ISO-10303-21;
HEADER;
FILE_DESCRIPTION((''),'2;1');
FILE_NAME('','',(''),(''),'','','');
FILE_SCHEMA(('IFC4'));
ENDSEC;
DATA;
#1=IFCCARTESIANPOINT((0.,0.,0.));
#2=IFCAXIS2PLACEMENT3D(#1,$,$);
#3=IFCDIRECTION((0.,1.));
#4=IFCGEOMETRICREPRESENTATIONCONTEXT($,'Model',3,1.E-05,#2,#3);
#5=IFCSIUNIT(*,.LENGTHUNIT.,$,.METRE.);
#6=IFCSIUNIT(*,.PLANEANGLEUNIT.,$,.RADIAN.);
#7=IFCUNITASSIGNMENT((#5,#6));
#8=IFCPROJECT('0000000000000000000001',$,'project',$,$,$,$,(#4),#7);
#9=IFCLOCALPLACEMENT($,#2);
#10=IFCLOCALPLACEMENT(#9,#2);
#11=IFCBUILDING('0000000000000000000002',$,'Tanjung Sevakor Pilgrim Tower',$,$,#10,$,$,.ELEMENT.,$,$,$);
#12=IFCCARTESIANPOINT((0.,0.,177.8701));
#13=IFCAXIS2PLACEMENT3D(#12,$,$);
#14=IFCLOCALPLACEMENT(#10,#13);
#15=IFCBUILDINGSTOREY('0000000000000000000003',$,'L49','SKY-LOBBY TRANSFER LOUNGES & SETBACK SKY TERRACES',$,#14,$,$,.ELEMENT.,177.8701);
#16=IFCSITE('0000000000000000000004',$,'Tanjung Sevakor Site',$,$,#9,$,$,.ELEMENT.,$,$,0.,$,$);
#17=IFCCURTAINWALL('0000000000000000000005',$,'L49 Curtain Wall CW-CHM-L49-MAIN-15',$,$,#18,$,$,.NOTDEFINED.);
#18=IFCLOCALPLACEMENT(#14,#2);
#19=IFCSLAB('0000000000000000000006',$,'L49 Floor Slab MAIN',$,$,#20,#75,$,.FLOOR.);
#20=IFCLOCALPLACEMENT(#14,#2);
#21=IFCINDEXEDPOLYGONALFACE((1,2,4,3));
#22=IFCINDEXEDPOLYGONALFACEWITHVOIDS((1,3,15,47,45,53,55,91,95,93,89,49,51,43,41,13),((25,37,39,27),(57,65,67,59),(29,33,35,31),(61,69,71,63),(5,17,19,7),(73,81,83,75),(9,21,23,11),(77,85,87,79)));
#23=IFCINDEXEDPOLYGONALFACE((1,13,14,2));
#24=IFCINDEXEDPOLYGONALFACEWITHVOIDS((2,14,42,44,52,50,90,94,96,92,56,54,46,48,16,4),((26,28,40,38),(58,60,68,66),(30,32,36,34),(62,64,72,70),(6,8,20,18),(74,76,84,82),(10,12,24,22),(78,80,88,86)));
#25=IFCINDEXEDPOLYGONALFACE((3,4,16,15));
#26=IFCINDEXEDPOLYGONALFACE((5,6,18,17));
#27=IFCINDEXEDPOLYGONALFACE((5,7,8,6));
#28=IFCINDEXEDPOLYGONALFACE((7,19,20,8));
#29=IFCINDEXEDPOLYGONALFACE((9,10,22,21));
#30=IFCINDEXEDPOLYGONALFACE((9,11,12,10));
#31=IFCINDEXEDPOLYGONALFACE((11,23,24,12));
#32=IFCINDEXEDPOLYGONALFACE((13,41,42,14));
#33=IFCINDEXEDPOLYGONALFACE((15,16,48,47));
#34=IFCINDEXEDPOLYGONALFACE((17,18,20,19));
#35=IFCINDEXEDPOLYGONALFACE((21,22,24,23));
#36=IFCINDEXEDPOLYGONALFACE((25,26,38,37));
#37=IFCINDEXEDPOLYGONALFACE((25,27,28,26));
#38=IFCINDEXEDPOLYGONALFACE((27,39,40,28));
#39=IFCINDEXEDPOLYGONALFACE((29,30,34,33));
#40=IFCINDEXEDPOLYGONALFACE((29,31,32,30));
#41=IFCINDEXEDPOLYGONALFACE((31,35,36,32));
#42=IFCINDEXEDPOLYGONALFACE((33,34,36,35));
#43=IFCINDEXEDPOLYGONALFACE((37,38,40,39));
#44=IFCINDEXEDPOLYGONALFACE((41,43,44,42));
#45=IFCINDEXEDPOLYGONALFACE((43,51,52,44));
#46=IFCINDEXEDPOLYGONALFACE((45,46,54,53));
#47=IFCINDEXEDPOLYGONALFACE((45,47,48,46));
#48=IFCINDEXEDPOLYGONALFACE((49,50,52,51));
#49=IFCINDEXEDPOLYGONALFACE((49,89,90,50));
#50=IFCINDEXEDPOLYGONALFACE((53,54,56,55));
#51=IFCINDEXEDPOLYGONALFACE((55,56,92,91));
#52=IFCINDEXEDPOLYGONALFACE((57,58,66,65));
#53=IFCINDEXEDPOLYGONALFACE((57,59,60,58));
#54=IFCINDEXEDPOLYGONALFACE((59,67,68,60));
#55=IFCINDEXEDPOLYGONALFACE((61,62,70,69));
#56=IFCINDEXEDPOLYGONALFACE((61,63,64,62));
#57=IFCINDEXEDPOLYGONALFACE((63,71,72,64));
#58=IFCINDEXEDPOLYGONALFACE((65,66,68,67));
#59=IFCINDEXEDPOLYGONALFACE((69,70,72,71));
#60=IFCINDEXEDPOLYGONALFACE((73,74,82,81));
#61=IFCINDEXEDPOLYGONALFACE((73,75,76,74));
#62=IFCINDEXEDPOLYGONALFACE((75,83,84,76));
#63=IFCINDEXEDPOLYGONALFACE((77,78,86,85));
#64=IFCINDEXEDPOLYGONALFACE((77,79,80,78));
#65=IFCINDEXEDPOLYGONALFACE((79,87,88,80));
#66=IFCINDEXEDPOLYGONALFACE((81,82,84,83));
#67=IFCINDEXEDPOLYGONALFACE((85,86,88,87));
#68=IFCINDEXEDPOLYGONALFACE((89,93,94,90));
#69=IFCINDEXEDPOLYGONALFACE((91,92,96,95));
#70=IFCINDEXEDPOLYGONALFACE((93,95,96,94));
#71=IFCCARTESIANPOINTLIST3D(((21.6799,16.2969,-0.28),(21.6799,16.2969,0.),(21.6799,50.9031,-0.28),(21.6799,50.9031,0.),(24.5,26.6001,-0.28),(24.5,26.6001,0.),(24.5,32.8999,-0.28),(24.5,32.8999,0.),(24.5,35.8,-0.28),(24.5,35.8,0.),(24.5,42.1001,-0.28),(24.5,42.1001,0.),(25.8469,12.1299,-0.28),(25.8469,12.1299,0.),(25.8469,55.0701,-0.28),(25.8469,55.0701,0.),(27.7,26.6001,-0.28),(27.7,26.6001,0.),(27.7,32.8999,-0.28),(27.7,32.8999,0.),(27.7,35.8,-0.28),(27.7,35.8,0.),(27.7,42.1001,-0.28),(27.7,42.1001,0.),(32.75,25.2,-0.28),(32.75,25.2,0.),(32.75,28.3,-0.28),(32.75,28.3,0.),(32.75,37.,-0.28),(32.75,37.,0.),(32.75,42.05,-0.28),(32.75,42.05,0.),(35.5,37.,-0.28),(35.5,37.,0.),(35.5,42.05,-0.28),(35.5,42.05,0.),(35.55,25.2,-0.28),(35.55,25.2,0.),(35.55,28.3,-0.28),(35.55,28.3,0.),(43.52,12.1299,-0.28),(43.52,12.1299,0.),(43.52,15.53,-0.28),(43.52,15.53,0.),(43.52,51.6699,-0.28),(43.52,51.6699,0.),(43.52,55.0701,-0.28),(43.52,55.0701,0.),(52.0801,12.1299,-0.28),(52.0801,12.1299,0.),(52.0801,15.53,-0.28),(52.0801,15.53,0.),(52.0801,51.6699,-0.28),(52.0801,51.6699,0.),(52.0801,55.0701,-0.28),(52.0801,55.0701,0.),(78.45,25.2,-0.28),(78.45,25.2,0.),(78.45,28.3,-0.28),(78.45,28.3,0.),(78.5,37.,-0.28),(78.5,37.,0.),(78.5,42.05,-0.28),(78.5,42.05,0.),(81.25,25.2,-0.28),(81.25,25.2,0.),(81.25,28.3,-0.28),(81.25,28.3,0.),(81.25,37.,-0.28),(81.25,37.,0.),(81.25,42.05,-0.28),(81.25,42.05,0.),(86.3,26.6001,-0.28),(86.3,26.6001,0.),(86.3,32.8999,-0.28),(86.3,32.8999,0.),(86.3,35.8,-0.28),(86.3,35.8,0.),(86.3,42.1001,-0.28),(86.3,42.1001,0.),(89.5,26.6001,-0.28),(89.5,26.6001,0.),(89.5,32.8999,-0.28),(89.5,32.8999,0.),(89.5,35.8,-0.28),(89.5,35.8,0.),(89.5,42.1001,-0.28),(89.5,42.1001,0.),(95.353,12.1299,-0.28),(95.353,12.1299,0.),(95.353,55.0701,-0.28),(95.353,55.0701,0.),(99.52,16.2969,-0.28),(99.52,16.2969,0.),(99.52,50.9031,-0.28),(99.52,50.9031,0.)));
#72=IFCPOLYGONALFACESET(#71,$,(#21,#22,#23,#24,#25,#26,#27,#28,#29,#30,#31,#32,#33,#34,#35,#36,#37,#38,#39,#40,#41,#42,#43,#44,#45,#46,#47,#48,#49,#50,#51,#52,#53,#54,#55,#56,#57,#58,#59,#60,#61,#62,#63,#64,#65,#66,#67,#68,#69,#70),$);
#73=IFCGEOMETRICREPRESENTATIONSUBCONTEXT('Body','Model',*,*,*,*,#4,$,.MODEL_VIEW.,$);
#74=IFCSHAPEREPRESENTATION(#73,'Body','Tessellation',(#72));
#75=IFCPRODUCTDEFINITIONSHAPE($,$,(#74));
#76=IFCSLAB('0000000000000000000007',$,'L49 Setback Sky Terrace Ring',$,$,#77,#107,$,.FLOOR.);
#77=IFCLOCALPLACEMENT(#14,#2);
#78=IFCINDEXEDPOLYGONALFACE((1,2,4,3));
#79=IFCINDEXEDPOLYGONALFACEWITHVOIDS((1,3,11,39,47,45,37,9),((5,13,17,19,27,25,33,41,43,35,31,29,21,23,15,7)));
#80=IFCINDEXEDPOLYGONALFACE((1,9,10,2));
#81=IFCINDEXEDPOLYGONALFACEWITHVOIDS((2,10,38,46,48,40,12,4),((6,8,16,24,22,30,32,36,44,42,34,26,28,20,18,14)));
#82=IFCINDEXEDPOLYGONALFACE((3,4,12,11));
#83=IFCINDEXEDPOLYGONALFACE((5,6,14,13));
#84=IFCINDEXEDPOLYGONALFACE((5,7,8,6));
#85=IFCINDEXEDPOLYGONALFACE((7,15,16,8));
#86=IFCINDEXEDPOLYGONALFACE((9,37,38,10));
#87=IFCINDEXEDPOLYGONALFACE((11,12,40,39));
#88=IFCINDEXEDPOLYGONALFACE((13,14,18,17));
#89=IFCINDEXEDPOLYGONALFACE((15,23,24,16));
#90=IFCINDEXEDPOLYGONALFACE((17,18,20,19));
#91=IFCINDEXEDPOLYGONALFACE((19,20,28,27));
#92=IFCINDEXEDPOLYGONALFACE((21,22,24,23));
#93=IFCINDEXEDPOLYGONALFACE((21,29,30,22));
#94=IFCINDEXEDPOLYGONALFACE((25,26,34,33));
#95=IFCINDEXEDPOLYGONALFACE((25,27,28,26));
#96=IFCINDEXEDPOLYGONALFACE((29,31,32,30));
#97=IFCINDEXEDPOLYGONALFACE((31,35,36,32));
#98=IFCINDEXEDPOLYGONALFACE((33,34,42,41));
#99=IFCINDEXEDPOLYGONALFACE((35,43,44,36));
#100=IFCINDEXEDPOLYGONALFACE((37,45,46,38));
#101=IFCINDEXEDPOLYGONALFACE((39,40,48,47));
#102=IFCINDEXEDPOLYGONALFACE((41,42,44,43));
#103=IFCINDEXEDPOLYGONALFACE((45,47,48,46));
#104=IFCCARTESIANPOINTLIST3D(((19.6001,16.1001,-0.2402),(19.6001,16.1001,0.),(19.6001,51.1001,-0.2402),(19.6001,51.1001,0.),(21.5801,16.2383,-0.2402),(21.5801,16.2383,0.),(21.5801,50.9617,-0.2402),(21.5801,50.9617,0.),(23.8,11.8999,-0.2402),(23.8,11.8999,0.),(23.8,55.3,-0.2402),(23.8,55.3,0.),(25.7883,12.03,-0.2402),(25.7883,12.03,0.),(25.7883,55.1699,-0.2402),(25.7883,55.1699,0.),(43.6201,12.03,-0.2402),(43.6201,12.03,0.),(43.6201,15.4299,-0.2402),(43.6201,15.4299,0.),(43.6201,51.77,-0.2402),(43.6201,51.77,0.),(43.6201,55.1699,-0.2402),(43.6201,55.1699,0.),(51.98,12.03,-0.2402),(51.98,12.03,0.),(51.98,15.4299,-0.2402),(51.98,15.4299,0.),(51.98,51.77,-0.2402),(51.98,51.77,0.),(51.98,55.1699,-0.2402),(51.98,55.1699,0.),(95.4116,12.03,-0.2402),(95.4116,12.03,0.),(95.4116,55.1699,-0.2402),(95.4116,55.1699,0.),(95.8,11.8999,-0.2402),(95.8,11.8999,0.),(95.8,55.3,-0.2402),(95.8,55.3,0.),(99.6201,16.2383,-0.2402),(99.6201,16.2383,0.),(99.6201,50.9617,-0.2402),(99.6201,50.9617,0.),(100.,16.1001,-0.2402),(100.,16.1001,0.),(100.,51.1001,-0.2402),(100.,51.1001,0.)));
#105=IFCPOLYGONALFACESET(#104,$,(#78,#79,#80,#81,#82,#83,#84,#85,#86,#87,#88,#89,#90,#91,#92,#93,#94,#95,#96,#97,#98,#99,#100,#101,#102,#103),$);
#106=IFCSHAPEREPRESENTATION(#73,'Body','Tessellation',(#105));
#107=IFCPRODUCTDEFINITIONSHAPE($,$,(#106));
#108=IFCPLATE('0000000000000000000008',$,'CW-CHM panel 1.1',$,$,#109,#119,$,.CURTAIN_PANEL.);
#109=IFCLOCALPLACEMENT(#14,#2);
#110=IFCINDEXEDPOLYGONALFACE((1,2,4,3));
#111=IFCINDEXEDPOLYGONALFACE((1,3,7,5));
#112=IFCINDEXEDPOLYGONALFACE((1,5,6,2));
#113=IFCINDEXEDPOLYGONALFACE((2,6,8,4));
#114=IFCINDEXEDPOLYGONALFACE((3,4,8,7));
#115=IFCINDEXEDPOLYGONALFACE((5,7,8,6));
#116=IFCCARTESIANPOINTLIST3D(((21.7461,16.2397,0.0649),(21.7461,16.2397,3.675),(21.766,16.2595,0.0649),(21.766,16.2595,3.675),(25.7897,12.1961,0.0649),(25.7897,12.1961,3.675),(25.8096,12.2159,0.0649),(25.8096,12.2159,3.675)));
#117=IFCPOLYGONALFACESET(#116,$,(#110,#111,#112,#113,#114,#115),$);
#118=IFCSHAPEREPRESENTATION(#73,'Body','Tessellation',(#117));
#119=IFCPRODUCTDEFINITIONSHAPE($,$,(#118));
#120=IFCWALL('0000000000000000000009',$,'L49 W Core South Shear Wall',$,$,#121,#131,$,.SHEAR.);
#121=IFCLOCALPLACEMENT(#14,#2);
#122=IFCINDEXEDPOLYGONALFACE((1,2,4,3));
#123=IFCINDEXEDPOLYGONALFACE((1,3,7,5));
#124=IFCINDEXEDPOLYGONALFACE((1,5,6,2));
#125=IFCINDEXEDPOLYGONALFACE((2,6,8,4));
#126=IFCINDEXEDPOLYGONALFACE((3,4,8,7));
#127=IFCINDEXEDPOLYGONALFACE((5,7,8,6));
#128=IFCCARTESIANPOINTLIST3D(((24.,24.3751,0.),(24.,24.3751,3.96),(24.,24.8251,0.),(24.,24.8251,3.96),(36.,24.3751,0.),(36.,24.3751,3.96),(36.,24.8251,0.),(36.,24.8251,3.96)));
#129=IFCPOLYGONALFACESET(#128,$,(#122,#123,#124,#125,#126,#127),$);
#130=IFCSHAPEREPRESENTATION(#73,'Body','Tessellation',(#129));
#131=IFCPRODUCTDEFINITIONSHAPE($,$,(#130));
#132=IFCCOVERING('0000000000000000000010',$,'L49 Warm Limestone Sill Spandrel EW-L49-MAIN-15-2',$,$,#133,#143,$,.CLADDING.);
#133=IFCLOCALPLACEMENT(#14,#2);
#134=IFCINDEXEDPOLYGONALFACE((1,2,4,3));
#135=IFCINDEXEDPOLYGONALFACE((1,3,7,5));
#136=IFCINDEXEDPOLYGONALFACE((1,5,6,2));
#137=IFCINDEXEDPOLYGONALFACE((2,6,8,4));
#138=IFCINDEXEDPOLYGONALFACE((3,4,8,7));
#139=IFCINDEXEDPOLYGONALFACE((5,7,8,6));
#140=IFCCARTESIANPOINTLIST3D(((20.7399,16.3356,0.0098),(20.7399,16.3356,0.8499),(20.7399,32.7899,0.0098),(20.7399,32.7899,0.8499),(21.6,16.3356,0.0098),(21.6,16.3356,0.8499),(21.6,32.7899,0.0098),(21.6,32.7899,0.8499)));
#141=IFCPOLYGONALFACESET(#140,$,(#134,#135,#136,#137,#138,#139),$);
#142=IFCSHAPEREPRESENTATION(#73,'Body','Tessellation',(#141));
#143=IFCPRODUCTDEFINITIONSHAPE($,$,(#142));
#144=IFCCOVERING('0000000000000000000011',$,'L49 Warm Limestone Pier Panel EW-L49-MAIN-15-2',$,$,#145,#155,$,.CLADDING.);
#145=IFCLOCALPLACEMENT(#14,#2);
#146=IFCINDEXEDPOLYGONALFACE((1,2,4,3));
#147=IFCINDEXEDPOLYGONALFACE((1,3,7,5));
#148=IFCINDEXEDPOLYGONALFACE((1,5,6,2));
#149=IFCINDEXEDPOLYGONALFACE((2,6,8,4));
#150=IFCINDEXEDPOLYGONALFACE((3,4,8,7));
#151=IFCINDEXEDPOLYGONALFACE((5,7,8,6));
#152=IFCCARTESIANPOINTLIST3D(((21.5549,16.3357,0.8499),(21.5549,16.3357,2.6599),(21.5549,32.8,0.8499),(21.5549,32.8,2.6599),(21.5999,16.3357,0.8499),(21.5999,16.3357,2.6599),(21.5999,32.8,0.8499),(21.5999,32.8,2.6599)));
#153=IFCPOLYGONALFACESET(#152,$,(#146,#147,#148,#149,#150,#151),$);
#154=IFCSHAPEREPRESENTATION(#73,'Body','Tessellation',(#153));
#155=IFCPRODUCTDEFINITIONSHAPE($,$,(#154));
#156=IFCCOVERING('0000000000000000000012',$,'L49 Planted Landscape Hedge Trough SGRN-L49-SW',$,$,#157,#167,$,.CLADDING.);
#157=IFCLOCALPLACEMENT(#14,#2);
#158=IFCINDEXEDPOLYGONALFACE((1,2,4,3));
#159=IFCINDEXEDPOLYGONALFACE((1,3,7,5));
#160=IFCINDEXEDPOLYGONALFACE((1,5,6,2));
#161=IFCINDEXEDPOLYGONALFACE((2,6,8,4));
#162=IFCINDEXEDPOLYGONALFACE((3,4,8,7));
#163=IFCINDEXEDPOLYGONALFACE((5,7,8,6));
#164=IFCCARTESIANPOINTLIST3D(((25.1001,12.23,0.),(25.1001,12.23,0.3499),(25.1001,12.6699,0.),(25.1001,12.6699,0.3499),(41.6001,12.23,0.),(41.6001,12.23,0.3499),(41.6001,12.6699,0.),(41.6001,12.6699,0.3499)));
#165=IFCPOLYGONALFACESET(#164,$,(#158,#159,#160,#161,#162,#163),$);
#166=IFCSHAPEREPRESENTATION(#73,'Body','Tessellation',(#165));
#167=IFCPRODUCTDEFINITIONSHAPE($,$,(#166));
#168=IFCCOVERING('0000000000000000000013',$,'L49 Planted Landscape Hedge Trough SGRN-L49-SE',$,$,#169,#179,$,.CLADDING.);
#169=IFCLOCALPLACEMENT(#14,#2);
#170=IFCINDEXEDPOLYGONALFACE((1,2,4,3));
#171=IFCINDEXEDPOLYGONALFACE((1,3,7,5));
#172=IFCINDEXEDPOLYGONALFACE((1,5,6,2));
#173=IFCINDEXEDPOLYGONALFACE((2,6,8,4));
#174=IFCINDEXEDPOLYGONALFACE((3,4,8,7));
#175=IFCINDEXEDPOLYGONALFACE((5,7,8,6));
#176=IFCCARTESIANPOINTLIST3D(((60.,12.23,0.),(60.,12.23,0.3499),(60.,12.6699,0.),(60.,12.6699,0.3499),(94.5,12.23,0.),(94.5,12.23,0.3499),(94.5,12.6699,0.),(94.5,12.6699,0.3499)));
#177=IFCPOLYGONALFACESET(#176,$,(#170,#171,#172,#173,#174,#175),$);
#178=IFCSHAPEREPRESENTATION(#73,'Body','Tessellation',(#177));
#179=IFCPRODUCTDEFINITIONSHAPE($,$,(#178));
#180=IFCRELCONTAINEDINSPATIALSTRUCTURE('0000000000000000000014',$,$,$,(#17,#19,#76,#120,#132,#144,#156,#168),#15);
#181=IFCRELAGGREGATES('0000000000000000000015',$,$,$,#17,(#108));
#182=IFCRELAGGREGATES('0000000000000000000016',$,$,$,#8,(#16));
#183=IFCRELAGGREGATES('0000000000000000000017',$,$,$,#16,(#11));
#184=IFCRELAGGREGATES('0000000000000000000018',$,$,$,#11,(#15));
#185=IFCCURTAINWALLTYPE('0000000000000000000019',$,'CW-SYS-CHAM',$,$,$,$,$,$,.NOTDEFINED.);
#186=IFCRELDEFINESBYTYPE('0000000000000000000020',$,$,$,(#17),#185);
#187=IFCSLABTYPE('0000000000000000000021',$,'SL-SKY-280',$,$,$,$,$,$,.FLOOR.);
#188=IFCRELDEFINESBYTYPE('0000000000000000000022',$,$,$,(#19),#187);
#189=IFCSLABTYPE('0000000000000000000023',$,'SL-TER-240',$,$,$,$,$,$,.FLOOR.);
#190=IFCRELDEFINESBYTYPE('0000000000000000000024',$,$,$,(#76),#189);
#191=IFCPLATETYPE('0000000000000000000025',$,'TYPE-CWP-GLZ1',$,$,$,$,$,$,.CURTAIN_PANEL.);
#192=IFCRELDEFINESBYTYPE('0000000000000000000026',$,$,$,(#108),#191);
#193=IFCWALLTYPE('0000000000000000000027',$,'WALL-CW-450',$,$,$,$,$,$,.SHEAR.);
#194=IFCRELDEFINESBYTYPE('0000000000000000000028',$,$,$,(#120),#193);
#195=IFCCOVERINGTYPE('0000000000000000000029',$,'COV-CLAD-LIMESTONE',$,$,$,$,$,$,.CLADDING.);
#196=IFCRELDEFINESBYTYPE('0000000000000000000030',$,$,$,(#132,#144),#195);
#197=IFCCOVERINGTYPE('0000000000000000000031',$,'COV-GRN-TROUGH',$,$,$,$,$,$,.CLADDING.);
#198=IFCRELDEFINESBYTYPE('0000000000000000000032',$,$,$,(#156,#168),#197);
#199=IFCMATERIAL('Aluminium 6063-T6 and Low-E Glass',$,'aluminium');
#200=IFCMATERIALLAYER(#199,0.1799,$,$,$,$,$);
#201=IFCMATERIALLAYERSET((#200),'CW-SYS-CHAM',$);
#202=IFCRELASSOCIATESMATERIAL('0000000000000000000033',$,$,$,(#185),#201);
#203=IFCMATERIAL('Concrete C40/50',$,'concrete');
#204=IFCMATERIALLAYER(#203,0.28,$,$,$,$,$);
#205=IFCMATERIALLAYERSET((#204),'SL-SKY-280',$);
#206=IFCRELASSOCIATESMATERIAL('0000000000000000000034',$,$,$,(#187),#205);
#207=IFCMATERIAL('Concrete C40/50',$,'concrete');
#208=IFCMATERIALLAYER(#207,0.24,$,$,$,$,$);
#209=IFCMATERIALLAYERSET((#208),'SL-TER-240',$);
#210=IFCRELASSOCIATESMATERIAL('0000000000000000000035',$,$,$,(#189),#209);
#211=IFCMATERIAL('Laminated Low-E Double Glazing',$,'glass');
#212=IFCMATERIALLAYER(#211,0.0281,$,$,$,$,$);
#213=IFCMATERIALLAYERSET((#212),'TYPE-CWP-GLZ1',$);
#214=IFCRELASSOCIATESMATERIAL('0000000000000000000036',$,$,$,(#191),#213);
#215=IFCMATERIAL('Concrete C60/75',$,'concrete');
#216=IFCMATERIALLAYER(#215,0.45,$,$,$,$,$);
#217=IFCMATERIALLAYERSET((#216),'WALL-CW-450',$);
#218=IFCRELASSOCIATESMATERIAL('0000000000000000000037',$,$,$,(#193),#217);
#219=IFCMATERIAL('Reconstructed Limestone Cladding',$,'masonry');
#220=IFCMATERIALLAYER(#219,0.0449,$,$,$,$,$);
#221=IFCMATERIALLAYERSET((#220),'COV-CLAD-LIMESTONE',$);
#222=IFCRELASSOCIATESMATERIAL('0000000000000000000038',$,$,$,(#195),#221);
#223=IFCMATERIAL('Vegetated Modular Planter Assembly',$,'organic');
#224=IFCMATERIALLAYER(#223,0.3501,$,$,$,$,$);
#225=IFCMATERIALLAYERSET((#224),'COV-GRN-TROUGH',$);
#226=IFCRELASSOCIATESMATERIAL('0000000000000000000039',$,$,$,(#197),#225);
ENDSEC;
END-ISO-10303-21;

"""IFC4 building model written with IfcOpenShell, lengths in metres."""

from ifc_helpers import new_model, si_unit, direction, frame, frame_2d, origin, origin_2d, place, context, subcontext, project, spatial, polyline, rectangle, outline, extrude, material, layer, layer_set, type_object, element, aggregate, save


model = new_model("IFC4")

# Units and contexts
model_context = context("Model", 3, precision=1e-05, world=origin(), true_north=direction((0.0, 1.0)))
body_context = subcontext(model_context, "Body", "Model", "MODEL_VIEW")
ifc_project = project(units=[si_unit("LENGTHUNIT", "METRE"), si_unit("PLANEANGLEUNIT", "RADIAN")], contexts=[model_context])

# Site, building, storey
site_placement = place(None, origin())
site = spatial("IfcSite", under=ifc_project, at=site_placement, Name="Tanjung Sevakor Site", CompositionType="ELEMENT", RefElevation=0.0)
building_placement = place(site_placement, origin())
building = spatial("IfcBuilding", under=site, at=building_placement, Name="Tanjung Sevakor Pilgrim Tower", CompositionType="ELEMENT")
storey_placement = place(building_placement, frame((0.0, 0.0, 177.8701)))
storey = spatial("IfcBuildingStorey", under=building, at=storey_placement, Name="L49", Description="SKY-LOBBY TRANSFER LOUNGES & SETBACK SKY TERRACES", CompositionType="ELEMENT", Elevation=177.8701)

# Curtain wall
ifc_material_1 = material(Name="Aluminium 6063-T6 and Low-E Glass", Category="aluminium")
ifc_layer_1 = layer(ifc_material_1, 0.1799)
ifc_layer_set_1 = layer_set([ifc_layer_1], Name="CW-SYS-CHAM")
curtain_wall_type = type_object("IfcCurtainWallType", Name="CW-SYS-CHAM", PredefinedType="NOTDEFINED", material=ifc_layer_set_1)
curtain_wall_placement = place(storey_placement, origin())
curtain_wall = element("IfcCurtainWall", 1, at=curtain_wall_placement, inside=storey, type_object=curtain_wall_type, Name="L49 Curtain Wall CW-CHM-L49-MAIN-15", PredefinedType="NOTDEFINED")

# Slabs
ifc_material_2 = material(Name="Concrete C40/50", Category="concrete")
ifc_layer_2 = layer(ifc_material_2, 0.28)
ifc_layer_set_2 = layer_set([ifc_layer_2], Name="SL-SKY-280")
slab_type_1 = type_object("IfcSlabType", Name="SL-SKY-280", PredefinedType="FLOOR", material=ifc_layer_set_2)
slab_1_placement = place(storey_placement, frame((0.0, 0.0, -0.28)))
element("IfcSlab", 2, at=slab_1_placement, inside=storey, type_object=slab_type_1, Name="L49 Floor Slab MAIN", PredefinedType="FLOOR", context=body_context, shape_type="SweptSolid", body=[
    extrude(outline(polyline([(25.8469, 12.1299), (43.52, 12.1299), (43.52, 15.53), (52.0801, 15.53), (52.0801, 12.1299), (95.353, 12.1299), (99.52, 16.2969), (99.52, 50.9031), (95.353, 55.0701), (52.0801, 55.0701), (52.0801, 51.6699), (43.52, 51.6699), (43.52, 55.0701), (25.8469, 55.0701), (21.6799, 50.9031), (21.6799, 16.2969), (25.8469, 12.1299)]), holes=[polyline([(27.7, 26.6001), (27.7, 32.8999), (24.5, 32.8999), (24.5, 26.6001), (27.7, 26.6001)]), polyline([(27.7, 35.8), (27.7, 42.1001), (24.5, 42.1001), (24.5, 35.8), (27.7, 35.8)]), polyline([(89.5, 26.6001), (89.5, 32.8999), (86.3, 32.8999), (86.3, 26.6001), (89.5, 26.6001)]), polyline([(89.5, 35.8), (89.5, 42.1001), (86.3, 42.1001), (86.3, 35.8), (89.5, 35.8)]), polyline([(32.75, 25.2), (35.55, 25.2), (35.55, 28.3), (32.75, 28.3), (32.75, 25.2)]), polyline([(32.75, 37.0), (35.5, 37.0), (35.5, 42.05), (32.75, 42.05), (32.75, 37.0)]), polyline([(78.45, 25.2), (81.25, 25.2), (81.25, 28.3), (78.45, 28.3), (78.45, 25.2)]), polyline([(78.5, 37.0), (81.25, 37.0), (81.25, 42.05), (78.5, 42.05), (78.5, 37.0)])]), origin(), (0.0, 0.0, 1.0), 0.28),
])
ifc_material_3 = material(Name="Concrete C40/50", Category="concrete")
ifc_layer_3 = layer(ifc_material_3, 0.24)
ifc_layer_set_3 = layer_set([ifc_layer_3], Name="SL-TER-240")
slab_type_2 = type_object("IfcSlabType", Name="SL-TER-240", PredefinedType="FLOOR", material=ifc_layer_set_3)
slab_2_placement = place(storey_placement, frame((0.0, 0.0, -0.2402)))
element("IfcSlab", 3, at=slab_2_placement, inside=storey, type_object=slab_type_2, Name="L49 Setback Sky Terrace Ring", PredefinedType="FLOOR", context=body_context, shape_type="SweptSolid", body=[
    extrude(outline(polyline([(23.8, 11.8999), (95.8, 11.8999), (100.0, 16.1001), (100.0, 51.1001), (95.8, 55.3), (23.8, 55.3), (19.6001, 51.1001), (19.6001, 16.1001), (23.8, 11.8999)]), holes=[polyline([(25.7883, 12.03), (43.6201, 12.03), (43.6201, 15.4299), (51.98, 15.4299), (51.98, 12.03), (95.4116, 12.03), (99.6201, 16.2383), (99.6201, 50.9617), (95.4116, 55.1699), (51.98, 55.1699), (51.98, 51.77), (43.6201, 51.77), (43.6201, 55.1699), (25.7883, 55.1699), (21.5801, 50.9617), (21.5801, 16.2383), (25.7883, 12.03)])]), origin(), (0.0, 0.0, 1.0), 0.2402),
])

# Plate
ifc_material_4 = material(Name="Laminated Low-E Double Glazing", Category="glass")
ifc_layer_4 = layer(ifc_material_4, 0.0281)
ifc_layer_set_4 = layer_set([ifc_layer_4], Name="TYPE-CWP-GLZ1")
plate_type = type_object("IfcPlateType", Name="TYPE-CWP-GLZ1", PredefinedType="CURTAIN_PANEL", material=ifc_layer_set_4)
plate_placement = place(storey_placement, frame((23.7778, 14.2278, 0.0649), z_axis=(0.0, 0.0, 1.0), x_axis=(0.707107, -0.707107, 0.0)))
plate = element("IfcPlate", 4, at=plate_placement, type_object=plate_type, Name="CW-CHM panel 1.1", PredefinedType="CURTAIN_PANEL", context=body_context, shape_type="SweptSolid", body=[
    extrude(rectangle(XDim=5.7185, YDim=0.0281, at=origin_2d()), origin(), (0.0, 0.0, 1.0), 3.6101),
])
aggregate(curtain_wall, [plate])

# Wall
ifc_material_5 = material(Name="Concrete C60/75", Category="concrete")
ifc_layer_5 = layer(ifc_material_5, 0.45)
ifc_layer_set_5 = layer_set([ifc_layer_5], Name="WALL-CW-450")
wall_type = type_object("IfcWallType", Name="WALL-CW-450", PredefinedType="SHEAR", material=ifc_layer_set_5)
wall_placement = place(storey_placement, frame((24.0, 24.6001, 0.0), z_axis=(0.0, 0.0, 1.0), x_axis=(1.0, 0.0, 0.0)))
element("IfcWall", 5, at=wall_placement, inside=storey, type_object=wall_type, Name="L49 W Core South Shear Wall", PredefinedType="SHEAR", context=body_context, shape_type="SweptSolid", body=[
    extrude(rectangle(XDim=12.0, YDim=0.45, at=frame_2d((6.0, 0.0))), origin(), (0.0, 0.0, 1.0), 3.96),
])

# Coverings
ifc_material_6 = material(Name="Reconstructed Limestone Cladding", Category="masonry")
ifc_layer_6 = layer(ifc_material_6, 0.0449)
ifc_layer_set_6 = layer_set([ifc_layer_6], Name="COV-CLAD-LIMESTONE")
covering_type_1 = type_object("IfcCoveringType", Name="COV-CLAD-LIMESTONE", PredefinedType="CLADDING", material=ifc_layer_set_6)
covering_1_placement = place(storey_placement, frame((21.1699, 24.5627, 0.0098), z_axis=(0.0, 0.0, 1.0), x_axis=(0.0, -1.0, 0.0)))
element("IfcCovering", 6, at=covering_1_placement, inside=storey, type_object=covering_type_1, Name="L49 Warm Limestone Sill Spandrel EW-L49-MAIN-15-2", PredefinedType="CLADDING", context=body_context, shape_type="SweptSolid", body=[
    extrude(rectangle(XDim=16.4543, YDim=0.8601, at=origin_2d()), origin(), (0.0, 0.0, 1.0), 0.8401),
])
covering_2_placement = place(storey_placement, frame((21.5774, 24.5679, 0.8499), z_axis=(0.0, 0.0, 1.0), x_axis=(0.0, -1.0, 0.0)))
element("IfcCovering", 7, at=covering_2_placement, inside=storey, type_object=covering_type_1, Name="L49 Warm Limestone Pier Panel EW-L49-MAIN-15-2", PredefinedType="CLADDING", context=body_context, shape_type="SweptSolid", body=[
    extrude(rectangle(XDim=16.4644, YDim=0.0449, at=origin_2d()), origin(), (0.0, 0.0, 1.0), 1.8101),
])
ifc_material_7 = material(Name="Vegetated Modular Planter Assembly", Category="organic")
ifc_layer_7 = layer(ifc_material_7, 0.3501)
ifc_layer_set_7 = layer_set([ifc_layer_7], Name="COV-GRN-TROUGH")
covering_type_2 = type_object("IfcCoveringType", Name="COV-GRN-TROUGH", PredefinedType="CLADDING", material=ifc_layer_set_7)
covering_3_placement = place(storey_placement, origin())
element("IfcCovering", 8, at=covering_3_placement, inside=storey, type_object=covering_type_2, Name="L49 Planted Landscape Hedge Trough SGRN-L49-SW", PredefinedType="CLADDING", context=body_context, shape_type="SweptSolid", body=[
    extrude(outline(polyline([(25.1001, 12.23), (41.6001, 12.23), (41.6001, 12.6699), (25.1001, 12.6699), (25.1001, 12.23)])), origin(), (0.0, 0.0, 1.0), 0.3499),
])
covering_4_placement = place(storey_placement, origin())
element("IfcCovering", 9, at=covering_4_placement, inside=storey, type_object=covering_type_2, Name="L49 Planted Landscape Hedge Trough SGRN-L49-SE", PredefinedType="CLADDING", context=body_context, shape_type="SweptSolid", body=[
    extrude(outline(polyline([(60.0, 12.23), (94.5, 12.23), (94.5, 12.6699), (60.0, 12.6699), (60.0, 12.23)])), origin(), (0.0, 0.0, 1.0), 0.3499),
])

save(model, "model.ifc")
